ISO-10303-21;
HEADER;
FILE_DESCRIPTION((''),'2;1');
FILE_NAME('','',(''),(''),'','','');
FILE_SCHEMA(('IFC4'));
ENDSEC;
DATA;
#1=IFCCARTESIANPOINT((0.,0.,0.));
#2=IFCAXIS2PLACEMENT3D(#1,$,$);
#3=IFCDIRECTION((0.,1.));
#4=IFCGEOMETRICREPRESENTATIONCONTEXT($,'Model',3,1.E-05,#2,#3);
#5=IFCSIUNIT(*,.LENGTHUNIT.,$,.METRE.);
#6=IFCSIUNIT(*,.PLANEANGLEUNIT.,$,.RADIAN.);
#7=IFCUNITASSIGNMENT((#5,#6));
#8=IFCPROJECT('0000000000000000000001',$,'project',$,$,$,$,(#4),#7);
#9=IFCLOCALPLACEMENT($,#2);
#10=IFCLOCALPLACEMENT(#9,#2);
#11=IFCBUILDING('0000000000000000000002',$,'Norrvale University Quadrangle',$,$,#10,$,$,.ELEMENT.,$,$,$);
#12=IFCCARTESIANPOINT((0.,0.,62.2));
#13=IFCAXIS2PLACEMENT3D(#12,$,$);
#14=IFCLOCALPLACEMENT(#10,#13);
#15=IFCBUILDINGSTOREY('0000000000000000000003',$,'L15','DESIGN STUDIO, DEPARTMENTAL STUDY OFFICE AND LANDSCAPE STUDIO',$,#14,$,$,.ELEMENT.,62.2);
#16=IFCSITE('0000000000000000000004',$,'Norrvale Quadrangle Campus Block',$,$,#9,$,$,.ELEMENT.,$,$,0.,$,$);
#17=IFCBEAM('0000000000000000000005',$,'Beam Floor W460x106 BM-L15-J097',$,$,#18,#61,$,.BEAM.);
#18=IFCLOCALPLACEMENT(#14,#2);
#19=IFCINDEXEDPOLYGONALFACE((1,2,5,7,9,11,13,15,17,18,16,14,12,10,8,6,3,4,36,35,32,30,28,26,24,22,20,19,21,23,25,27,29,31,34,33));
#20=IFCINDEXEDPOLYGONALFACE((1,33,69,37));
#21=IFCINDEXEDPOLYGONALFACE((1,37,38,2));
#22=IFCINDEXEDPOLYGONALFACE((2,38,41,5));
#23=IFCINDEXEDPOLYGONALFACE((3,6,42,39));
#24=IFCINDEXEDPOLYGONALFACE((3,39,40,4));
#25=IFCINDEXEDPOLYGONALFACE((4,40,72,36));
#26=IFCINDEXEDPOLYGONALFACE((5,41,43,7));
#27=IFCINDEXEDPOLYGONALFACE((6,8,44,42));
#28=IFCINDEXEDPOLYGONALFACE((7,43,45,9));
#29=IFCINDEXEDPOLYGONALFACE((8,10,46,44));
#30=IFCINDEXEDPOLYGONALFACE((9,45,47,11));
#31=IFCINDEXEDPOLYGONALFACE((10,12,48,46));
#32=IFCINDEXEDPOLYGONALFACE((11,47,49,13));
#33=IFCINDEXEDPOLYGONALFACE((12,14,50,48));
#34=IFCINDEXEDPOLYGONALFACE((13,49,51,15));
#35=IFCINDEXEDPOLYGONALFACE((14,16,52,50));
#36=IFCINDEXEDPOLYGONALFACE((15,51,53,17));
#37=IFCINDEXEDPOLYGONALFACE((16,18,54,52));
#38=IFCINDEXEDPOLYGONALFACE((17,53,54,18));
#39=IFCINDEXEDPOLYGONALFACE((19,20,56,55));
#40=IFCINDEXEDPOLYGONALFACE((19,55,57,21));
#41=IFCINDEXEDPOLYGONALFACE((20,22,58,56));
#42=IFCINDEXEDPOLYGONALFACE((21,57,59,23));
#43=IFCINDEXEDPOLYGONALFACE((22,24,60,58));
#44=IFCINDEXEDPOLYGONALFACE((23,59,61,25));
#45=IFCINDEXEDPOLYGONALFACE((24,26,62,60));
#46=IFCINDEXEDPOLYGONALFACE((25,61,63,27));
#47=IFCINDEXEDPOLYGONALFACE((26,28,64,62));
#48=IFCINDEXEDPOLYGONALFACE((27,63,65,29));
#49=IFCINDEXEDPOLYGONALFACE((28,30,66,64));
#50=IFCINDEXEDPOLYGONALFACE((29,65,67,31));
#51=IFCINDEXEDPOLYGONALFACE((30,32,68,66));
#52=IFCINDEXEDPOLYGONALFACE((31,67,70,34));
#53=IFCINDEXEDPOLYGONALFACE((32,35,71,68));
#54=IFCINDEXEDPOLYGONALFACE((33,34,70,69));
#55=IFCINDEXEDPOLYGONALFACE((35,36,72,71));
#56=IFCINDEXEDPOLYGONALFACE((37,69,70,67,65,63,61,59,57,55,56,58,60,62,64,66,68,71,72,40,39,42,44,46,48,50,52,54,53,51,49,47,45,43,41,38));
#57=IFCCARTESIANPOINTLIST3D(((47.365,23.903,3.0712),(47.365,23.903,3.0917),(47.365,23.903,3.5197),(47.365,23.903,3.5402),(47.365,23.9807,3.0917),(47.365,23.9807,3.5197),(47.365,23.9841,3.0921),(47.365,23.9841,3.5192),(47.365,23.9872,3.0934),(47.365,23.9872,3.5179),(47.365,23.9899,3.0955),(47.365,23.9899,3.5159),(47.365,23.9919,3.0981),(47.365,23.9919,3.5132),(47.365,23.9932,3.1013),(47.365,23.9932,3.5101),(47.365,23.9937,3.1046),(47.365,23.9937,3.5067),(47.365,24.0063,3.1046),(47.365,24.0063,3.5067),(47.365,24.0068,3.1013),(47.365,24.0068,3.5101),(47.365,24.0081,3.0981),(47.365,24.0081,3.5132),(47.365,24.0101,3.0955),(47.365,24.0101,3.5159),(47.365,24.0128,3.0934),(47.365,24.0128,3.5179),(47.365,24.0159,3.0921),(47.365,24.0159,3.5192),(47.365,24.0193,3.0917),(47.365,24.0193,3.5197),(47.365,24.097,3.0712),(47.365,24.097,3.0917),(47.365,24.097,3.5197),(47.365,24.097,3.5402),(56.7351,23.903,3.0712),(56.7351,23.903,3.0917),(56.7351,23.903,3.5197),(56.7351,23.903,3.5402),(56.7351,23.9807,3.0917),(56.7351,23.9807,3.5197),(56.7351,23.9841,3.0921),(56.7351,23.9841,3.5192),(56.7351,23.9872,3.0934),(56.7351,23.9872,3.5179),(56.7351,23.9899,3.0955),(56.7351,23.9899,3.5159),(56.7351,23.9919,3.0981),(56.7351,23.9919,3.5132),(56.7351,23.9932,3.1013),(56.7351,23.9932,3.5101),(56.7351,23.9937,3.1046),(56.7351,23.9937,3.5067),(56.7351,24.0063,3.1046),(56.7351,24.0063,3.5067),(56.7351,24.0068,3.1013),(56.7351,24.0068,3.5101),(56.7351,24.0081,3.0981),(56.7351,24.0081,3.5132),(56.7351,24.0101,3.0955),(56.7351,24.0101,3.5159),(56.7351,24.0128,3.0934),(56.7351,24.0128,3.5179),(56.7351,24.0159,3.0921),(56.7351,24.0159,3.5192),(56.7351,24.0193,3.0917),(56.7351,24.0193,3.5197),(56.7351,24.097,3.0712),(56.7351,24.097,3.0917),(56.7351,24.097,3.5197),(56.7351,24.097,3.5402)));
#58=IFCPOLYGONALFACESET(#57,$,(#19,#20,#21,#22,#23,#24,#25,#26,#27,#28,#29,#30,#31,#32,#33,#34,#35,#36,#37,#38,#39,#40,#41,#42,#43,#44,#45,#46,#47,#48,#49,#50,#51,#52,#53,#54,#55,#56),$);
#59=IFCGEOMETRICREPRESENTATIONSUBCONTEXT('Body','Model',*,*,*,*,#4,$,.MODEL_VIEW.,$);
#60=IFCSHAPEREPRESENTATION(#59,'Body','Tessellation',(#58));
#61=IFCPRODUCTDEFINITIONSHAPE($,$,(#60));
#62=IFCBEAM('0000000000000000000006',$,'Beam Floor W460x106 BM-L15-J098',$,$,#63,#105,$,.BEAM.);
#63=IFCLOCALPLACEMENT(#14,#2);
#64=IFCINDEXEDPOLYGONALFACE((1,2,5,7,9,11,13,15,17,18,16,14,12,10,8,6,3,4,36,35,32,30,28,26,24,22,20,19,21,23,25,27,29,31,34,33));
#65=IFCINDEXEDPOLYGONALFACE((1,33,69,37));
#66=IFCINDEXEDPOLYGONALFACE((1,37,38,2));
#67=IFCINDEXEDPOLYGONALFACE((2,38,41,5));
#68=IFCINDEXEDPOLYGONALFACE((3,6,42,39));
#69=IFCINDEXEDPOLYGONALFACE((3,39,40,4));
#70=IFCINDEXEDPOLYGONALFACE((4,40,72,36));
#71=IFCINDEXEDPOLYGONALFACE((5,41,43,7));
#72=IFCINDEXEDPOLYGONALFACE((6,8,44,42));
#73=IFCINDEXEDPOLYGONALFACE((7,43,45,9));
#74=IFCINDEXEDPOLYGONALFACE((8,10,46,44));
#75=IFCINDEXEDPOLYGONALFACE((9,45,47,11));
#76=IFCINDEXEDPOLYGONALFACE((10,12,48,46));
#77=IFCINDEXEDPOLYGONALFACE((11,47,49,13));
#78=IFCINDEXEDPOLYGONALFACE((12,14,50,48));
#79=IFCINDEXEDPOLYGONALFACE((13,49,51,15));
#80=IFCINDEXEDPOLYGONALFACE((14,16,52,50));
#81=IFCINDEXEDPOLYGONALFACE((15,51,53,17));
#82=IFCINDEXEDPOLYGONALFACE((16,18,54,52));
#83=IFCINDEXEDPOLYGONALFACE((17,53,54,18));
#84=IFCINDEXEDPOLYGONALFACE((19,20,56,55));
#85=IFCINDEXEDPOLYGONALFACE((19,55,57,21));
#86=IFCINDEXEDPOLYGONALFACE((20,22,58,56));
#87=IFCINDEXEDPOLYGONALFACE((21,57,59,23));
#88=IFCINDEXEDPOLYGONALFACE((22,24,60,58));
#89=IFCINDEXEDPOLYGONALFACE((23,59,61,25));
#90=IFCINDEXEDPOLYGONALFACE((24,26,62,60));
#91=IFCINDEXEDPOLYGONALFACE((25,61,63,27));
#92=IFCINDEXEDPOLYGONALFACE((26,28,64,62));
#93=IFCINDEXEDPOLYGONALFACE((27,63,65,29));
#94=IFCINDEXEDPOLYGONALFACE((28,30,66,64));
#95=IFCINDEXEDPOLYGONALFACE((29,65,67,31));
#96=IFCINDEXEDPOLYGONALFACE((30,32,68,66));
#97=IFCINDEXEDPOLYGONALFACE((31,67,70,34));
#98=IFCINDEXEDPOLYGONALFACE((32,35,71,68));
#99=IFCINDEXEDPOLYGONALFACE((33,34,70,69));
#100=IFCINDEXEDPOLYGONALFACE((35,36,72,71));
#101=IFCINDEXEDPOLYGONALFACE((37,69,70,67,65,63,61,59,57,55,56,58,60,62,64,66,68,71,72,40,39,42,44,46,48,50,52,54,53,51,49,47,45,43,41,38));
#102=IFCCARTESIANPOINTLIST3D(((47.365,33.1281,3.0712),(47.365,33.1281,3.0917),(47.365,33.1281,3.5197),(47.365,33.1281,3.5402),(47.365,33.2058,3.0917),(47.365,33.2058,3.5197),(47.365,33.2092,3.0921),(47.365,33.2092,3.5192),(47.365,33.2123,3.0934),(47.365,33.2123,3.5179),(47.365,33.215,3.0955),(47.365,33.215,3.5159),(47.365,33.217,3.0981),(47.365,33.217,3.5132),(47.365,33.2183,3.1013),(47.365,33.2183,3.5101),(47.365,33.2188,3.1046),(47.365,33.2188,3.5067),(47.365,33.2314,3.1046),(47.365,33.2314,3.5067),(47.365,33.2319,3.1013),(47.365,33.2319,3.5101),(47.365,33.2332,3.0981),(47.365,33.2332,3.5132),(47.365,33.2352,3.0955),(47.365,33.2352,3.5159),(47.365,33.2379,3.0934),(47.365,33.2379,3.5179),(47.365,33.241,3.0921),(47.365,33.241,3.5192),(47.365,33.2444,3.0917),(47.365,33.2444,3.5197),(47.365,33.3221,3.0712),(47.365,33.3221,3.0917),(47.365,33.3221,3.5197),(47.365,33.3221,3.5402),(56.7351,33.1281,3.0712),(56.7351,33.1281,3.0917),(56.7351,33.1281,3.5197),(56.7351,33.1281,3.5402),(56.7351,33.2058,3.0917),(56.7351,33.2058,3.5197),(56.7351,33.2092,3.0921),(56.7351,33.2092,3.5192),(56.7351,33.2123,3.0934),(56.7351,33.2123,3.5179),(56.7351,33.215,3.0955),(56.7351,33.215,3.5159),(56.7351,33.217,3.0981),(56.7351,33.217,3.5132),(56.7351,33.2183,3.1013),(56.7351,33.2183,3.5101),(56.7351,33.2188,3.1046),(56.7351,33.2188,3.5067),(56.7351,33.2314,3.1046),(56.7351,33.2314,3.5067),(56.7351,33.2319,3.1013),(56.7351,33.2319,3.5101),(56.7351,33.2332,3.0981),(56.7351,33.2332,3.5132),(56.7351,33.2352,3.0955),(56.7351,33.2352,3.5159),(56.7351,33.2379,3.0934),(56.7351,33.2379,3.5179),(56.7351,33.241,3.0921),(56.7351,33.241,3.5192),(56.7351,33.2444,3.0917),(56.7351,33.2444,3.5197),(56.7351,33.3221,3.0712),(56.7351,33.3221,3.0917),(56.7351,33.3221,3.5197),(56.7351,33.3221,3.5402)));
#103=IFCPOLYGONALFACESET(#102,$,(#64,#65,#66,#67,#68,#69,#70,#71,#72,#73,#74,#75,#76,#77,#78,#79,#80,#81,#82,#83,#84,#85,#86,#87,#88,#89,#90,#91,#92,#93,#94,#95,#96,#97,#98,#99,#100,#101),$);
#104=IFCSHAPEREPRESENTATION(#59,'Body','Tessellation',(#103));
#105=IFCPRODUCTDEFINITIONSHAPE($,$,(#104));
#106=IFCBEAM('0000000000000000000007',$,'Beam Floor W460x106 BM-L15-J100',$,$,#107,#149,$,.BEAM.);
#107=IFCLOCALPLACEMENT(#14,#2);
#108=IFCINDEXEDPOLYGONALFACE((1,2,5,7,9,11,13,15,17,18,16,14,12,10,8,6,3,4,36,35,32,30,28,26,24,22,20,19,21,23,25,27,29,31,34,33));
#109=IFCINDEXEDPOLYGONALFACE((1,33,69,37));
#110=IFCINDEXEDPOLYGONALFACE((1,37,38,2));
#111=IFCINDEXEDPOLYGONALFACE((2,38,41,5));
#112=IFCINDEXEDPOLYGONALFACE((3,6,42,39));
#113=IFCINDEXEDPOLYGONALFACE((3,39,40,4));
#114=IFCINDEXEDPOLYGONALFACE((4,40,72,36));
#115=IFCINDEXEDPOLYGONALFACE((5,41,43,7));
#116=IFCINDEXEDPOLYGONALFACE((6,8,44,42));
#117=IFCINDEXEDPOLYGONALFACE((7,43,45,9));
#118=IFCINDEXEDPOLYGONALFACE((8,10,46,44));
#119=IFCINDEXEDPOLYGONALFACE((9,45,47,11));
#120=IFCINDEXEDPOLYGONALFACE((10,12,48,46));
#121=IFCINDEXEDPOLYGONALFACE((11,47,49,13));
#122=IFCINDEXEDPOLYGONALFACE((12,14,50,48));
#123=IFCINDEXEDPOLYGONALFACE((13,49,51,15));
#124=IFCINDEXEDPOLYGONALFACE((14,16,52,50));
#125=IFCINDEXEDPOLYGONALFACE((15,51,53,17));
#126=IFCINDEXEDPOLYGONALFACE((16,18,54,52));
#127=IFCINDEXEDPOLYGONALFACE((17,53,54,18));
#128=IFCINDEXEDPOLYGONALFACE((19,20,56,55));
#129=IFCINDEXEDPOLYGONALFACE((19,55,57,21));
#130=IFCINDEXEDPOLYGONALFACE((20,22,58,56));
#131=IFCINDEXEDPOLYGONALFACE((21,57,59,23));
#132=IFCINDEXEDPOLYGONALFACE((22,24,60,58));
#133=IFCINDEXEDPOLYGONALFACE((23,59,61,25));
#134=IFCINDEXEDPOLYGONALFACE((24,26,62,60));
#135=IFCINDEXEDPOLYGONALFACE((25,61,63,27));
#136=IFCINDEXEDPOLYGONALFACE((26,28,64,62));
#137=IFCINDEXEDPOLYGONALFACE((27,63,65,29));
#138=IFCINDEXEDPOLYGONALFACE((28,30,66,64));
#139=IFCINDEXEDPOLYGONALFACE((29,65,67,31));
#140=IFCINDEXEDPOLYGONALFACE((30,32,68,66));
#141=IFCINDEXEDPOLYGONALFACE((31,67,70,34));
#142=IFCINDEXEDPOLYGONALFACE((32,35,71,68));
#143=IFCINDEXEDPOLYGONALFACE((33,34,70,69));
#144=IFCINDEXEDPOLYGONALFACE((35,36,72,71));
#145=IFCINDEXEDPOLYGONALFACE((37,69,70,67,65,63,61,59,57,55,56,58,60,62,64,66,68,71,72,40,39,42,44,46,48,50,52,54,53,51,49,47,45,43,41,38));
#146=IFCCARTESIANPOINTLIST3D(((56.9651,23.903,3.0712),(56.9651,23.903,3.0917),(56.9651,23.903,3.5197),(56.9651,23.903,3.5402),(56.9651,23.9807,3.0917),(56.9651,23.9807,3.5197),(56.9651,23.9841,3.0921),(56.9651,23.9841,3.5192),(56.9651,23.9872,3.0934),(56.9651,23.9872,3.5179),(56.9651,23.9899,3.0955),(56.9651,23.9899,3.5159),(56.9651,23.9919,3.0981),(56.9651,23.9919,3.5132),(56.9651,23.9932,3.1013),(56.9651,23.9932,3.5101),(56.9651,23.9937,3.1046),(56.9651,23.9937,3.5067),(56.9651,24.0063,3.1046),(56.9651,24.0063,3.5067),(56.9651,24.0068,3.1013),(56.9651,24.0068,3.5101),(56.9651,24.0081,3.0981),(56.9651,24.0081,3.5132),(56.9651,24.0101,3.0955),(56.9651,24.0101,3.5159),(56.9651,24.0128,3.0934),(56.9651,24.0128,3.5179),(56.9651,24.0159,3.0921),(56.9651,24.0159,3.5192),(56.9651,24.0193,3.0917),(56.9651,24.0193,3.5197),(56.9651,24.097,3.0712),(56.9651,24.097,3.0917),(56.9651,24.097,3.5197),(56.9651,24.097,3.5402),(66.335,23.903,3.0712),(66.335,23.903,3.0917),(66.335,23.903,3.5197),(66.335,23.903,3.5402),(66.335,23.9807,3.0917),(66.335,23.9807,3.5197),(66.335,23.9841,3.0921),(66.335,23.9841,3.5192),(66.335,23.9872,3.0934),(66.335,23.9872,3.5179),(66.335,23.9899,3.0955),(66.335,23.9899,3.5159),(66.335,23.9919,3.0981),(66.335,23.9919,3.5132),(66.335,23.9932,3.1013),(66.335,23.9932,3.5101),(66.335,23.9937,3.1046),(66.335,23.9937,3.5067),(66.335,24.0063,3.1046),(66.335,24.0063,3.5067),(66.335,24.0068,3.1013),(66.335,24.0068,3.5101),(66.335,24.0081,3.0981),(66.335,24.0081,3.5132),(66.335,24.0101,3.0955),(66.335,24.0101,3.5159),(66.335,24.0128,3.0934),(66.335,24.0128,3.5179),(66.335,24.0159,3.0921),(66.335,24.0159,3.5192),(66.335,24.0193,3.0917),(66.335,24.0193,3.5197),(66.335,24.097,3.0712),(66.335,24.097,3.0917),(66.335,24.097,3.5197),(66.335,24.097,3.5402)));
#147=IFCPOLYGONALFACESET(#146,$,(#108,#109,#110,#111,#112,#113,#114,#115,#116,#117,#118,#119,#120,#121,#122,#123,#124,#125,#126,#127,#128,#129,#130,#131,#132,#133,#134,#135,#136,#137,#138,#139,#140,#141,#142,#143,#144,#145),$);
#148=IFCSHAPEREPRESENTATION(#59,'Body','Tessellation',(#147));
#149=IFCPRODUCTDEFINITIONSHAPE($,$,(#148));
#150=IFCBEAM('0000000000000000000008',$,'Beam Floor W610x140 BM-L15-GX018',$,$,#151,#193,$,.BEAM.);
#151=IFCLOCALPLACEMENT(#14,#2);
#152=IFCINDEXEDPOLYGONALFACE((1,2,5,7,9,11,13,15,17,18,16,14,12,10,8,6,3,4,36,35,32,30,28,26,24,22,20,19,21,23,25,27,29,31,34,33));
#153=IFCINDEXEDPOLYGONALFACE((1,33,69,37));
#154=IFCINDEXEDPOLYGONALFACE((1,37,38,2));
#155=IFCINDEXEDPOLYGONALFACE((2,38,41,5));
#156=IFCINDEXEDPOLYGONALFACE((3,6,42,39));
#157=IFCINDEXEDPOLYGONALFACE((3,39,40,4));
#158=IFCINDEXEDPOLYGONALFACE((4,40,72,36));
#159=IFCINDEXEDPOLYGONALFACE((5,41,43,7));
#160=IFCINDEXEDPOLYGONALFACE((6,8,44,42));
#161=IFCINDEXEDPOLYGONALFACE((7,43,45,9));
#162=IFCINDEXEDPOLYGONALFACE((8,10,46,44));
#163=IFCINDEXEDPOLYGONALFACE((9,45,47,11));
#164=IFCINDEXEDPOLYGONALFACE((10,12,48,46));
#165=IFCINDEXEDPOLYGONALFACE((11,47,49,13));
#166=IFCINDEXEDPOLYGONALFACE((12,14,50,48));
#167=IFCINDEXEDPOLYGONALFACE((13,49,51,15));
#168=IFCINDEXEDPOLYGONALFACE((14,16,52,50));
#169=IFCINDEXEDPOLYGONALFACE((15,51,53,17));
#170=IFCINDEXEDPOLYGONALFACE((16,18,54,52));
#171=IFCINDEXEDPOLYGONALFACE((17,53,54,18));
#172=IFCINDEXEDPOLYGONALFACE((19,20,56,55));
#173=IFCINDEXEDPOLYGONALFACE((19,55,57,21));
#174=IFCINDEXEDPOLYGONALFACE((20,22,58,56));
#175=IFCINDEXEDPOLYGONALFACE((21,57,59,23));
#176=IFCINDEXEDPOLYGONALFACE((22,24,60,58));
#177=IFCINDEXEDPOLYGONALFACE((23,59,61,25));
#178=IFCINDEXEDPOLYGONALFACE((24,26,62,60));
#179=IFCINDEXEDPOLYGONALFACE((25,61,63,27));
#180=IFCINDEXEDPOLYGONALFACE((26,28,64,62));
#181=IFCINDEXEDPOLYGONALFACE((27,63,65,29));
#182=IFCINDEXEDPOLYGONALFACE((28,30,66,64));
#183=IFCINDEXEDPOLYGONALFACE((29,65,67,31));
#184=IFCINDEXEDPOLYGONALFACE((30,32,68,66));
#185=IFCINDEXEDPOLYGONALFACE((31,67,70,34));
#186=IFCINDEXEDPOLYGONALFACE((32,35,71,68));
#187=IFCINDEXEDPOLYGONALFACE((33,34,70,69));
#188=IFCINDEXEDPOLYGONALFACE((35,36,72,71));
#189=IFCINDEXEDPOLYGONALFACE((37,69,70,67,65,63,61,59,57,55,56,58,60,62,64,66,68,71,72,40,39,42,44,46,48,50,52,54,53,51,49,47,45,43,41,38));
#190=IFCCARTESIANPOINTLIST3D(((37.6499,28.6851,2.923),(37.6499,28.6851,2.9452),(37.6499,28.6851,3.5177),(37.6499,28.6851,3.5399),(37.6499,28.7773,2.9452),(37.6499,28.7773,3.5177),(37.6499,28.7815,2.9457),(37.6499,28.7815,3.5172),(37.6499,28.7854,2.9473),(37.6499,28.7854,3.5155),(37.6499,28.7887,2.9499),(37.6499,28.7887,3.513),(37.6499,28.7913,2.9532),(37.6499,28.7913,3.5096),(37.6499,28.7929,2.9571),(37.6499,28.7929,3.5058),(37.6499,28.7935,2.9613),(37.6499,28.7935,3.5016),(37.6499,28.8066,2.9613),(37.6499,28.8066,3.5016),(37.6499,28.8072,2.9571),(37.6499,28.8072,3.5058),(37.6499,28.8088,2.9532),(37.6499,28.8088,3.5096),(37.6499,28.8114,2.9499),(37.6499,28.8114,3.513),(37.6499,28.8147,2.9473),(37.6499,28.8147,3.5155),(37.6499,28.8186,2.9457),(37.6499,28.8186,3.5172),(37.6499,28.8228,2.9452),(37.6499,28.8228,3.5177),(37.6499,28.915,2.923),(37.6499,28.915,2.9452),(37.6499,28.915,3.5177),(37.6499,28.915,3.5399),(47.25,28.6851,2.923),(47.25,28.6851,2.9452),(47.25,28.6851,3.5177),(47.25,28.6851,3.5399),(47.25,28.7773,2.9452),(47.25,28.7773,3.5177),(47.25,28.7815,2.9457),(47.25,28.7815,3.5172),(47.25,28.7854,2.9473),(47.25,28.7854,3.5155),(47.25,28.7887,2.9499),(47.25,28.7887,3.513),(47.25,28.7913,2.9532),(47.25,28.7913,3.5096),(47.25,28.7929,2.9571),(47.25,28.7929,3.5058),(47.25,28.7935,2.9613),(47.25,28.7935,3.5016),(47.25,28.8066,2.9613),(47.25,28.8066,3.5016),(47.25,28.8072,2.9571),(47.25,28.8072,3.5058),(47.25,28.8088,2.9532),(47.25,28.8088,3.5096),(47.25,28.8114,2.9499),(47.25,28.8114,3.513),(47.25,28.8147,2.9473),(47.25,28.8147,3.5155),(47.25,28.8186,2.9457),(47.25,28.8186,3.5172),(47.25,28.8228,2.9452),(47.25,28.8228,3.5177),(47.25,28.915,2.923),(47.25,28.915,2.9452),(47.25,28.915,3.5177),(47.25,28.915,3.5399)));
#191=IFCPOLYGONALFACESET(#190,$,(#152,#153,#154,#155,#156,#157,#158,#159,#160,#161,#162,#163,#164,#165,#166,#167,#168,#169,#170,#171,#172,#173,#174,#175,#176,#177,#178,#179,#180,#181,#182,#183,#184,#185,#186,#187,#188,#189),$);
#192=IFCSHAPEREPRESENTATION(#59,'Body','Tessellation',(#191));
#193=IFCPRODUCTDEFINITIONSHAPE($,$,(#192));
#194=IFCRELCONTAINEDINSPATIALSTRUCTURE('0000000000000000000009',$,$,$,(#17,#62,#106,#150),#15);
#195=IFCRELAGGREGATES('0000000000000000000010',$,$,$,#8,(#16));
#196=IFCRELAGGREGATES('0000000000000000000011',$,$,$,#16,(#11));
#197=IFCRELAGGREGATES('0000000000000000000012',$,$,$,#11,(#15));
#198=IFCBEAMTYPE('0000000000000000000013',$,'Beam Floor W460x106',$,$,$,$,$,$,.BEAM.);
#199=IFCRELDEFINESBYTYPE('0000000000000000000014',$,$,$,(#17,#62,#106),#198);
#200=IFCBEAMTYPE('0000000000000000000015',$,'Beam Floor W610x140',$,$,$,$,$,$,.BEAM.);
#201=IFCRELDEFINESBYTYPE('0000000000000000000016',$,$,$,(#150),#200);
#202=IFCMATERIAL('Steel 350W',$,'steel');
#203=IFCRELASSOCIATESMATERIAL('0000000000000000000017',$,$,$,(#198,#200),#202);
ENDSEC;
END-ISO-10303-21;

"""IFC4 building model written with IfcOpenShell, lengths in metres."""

from ifc_helpers import new_model, si_unit, direction, frame, origin, origin_2d, place, context, subcontext, project, spatial, i_section, extrude, material, material_profile, profile_set, type_object, element, save


model = new_model("IFC4")

# Units and contexts
model_context = context("Model", 3, precision=1e-05, world=origin(), true_north=direction((0.0, 1.0)))
body_context = subcontext(model_context, "Body", "Model", "MODEL_VIEW")
ifc_project = project(units=[si_unit("LENGTHUNIT", "METRE"), si_unit("PLANEANGLEUNIT", "RADIAN")], contexts=[model_context])

# Site, building, storey
site_placement = place(None, origin())
site = spatial("IfcSite", under=ifc_project, at=site_placement, Name="Norrvale Quadrangle Campus Block", CompositionType="ELEMENT", RefElevation=0.0)
building_placement = place(site_placement, origin())
building = spatial("IfcBuilding", under=site, at=building_placement, Name="Norrvale University Quadrangle", CompositionType="ELEMENT")
storey_placement = place(building_placement, frame((0.0, 0.0, 62.2)))
storey = spatial("IfcBuildingStorey", under=building, at=storey_placement, Name="L15", Description="DESIGN STUDIO, DEPARTMENTAL STUDY OFFICE AND LANDSCAPE STUDIO", CompositionType="ELEMENT", Elevation=62.2)

# Beams
ifc_material_1 = material(Name="Steel 350W", Category="steel")
ifc_material_profile_1 = material_profile(ifc_material_1, i_section(OverallWidth=0.1941, OverallDepth=0.469, WebThickness=0.0127, FlangeThickness=0.0205, FilletRadius=0.0129, at=origin_2d()), Name="Steel 350W")
ifc_profile_set_1 = profile_set([ifc_material_profile_1], Name="Steel 350W")
beam_type_1 = type_object("IfcBeamType", Name="Beam Floor W460x106", PredefinedType="BEAM", material=ifc_profile_set_1)
for number, where, z_axis, x_axis, name in (
    (1, (47.365, 24.0, 3.3057), (1.0, 0.0, 0.0), (0.0, 1.0, 0.0), "Beam Floor W460x106 BM-L15-J097"),
    (2, (47.365, 33.2251, 3.3057), (1.0, 0.0, 0.0), (0.0, 1.0, 0.0), "Beam Floor W460x106 BM-L15-J098"),
):
    element("IfcBeam", number, at=place(storey_placement, frame(where, z_axis=z_axis, x_axis=x_axis)), inside=storey, type_object=beam_type_1, Name=name, PredefinedType="BEAM", context=body_context, shape_type="SweptSolid", body=[
        extrude(i_section(OverallWidth=0.1941, OverallDepth=0.469, WebThickness=0.0127, FlangeThickness=0.0205, FilletRadius=0.0129, at=origin_2d()), origin(), (0.0, 0.0, 1.0), 9.3701),
    ])
beam_1_placement = place(storey_placement, frame((56.9651, 24.0, 3.3057), z_axis=(1.0, 0.0, 0.0), x_axis=(0.0, 1.0, 0.0)))
element("IfcBeam", 3, at=beam_1_placement, inside=storey, type_object=beam_type_1, Name="Beam Floor W460x106 BM-L15-J100", PredefinedType="BEAM", context=body_context, shape_type="SweptSolid", body=[
    extrude(i_section(OverallWidth=0.1941, OverallDepth=0.469, WebThickness=0.0127, FlangeThickness=0.0205, FilletRadius=0.0129, at=origin_2d()), origin(), (0.0, 0.0, 1.0), 9.3699),
])
ifc_material_profile_2 = material_profile(ifc_material_1, i_section(OverallWidth=0.23, OverallDepth=0.6169, WebThickness=0.0132, FlangeThickness=0.0222, FilletRadius=0.0161, at=origin_2d()), Name="Steel 350W")
ifc_profile_set_2 = profile_set([ifc_material_profile_2], Name="Steel 350W")
beam_type_2 = type_object("IfcBeamType", Name="Beam Floor W610x140", PredefinedType="BEAM", material=ifc_profile_set_2)
for number, where, z_axis, x_axis, name in (
    (4, (37.6499, 28.8, 3.2314), (1.0, 0.0, 0.0), (0.0, 1.0, 0.0), "Beam Floor W610x140 BM-L15-GX018"),
):
    element("IfcBeam", number, at=place(storey_placement, frame(where, z_axis=z_axis, x_axis=x_axis)), inside=storey, type_object=beam_type_2, Name=name, PredefinedType="BEAM", context=body_context, shape_type="SweptSolid", body=[
        extrude(i_section(OverallWidth=0.23, OverallDepth=0.6169, WebThickness=0.0132, FlangeThickness=0.0222, FilletRadius=0.0161, at=origin_2d()), origin(), (0.0, 0.0, 1.0), 9.6001),
    ])

save(model, "model.ifc")
